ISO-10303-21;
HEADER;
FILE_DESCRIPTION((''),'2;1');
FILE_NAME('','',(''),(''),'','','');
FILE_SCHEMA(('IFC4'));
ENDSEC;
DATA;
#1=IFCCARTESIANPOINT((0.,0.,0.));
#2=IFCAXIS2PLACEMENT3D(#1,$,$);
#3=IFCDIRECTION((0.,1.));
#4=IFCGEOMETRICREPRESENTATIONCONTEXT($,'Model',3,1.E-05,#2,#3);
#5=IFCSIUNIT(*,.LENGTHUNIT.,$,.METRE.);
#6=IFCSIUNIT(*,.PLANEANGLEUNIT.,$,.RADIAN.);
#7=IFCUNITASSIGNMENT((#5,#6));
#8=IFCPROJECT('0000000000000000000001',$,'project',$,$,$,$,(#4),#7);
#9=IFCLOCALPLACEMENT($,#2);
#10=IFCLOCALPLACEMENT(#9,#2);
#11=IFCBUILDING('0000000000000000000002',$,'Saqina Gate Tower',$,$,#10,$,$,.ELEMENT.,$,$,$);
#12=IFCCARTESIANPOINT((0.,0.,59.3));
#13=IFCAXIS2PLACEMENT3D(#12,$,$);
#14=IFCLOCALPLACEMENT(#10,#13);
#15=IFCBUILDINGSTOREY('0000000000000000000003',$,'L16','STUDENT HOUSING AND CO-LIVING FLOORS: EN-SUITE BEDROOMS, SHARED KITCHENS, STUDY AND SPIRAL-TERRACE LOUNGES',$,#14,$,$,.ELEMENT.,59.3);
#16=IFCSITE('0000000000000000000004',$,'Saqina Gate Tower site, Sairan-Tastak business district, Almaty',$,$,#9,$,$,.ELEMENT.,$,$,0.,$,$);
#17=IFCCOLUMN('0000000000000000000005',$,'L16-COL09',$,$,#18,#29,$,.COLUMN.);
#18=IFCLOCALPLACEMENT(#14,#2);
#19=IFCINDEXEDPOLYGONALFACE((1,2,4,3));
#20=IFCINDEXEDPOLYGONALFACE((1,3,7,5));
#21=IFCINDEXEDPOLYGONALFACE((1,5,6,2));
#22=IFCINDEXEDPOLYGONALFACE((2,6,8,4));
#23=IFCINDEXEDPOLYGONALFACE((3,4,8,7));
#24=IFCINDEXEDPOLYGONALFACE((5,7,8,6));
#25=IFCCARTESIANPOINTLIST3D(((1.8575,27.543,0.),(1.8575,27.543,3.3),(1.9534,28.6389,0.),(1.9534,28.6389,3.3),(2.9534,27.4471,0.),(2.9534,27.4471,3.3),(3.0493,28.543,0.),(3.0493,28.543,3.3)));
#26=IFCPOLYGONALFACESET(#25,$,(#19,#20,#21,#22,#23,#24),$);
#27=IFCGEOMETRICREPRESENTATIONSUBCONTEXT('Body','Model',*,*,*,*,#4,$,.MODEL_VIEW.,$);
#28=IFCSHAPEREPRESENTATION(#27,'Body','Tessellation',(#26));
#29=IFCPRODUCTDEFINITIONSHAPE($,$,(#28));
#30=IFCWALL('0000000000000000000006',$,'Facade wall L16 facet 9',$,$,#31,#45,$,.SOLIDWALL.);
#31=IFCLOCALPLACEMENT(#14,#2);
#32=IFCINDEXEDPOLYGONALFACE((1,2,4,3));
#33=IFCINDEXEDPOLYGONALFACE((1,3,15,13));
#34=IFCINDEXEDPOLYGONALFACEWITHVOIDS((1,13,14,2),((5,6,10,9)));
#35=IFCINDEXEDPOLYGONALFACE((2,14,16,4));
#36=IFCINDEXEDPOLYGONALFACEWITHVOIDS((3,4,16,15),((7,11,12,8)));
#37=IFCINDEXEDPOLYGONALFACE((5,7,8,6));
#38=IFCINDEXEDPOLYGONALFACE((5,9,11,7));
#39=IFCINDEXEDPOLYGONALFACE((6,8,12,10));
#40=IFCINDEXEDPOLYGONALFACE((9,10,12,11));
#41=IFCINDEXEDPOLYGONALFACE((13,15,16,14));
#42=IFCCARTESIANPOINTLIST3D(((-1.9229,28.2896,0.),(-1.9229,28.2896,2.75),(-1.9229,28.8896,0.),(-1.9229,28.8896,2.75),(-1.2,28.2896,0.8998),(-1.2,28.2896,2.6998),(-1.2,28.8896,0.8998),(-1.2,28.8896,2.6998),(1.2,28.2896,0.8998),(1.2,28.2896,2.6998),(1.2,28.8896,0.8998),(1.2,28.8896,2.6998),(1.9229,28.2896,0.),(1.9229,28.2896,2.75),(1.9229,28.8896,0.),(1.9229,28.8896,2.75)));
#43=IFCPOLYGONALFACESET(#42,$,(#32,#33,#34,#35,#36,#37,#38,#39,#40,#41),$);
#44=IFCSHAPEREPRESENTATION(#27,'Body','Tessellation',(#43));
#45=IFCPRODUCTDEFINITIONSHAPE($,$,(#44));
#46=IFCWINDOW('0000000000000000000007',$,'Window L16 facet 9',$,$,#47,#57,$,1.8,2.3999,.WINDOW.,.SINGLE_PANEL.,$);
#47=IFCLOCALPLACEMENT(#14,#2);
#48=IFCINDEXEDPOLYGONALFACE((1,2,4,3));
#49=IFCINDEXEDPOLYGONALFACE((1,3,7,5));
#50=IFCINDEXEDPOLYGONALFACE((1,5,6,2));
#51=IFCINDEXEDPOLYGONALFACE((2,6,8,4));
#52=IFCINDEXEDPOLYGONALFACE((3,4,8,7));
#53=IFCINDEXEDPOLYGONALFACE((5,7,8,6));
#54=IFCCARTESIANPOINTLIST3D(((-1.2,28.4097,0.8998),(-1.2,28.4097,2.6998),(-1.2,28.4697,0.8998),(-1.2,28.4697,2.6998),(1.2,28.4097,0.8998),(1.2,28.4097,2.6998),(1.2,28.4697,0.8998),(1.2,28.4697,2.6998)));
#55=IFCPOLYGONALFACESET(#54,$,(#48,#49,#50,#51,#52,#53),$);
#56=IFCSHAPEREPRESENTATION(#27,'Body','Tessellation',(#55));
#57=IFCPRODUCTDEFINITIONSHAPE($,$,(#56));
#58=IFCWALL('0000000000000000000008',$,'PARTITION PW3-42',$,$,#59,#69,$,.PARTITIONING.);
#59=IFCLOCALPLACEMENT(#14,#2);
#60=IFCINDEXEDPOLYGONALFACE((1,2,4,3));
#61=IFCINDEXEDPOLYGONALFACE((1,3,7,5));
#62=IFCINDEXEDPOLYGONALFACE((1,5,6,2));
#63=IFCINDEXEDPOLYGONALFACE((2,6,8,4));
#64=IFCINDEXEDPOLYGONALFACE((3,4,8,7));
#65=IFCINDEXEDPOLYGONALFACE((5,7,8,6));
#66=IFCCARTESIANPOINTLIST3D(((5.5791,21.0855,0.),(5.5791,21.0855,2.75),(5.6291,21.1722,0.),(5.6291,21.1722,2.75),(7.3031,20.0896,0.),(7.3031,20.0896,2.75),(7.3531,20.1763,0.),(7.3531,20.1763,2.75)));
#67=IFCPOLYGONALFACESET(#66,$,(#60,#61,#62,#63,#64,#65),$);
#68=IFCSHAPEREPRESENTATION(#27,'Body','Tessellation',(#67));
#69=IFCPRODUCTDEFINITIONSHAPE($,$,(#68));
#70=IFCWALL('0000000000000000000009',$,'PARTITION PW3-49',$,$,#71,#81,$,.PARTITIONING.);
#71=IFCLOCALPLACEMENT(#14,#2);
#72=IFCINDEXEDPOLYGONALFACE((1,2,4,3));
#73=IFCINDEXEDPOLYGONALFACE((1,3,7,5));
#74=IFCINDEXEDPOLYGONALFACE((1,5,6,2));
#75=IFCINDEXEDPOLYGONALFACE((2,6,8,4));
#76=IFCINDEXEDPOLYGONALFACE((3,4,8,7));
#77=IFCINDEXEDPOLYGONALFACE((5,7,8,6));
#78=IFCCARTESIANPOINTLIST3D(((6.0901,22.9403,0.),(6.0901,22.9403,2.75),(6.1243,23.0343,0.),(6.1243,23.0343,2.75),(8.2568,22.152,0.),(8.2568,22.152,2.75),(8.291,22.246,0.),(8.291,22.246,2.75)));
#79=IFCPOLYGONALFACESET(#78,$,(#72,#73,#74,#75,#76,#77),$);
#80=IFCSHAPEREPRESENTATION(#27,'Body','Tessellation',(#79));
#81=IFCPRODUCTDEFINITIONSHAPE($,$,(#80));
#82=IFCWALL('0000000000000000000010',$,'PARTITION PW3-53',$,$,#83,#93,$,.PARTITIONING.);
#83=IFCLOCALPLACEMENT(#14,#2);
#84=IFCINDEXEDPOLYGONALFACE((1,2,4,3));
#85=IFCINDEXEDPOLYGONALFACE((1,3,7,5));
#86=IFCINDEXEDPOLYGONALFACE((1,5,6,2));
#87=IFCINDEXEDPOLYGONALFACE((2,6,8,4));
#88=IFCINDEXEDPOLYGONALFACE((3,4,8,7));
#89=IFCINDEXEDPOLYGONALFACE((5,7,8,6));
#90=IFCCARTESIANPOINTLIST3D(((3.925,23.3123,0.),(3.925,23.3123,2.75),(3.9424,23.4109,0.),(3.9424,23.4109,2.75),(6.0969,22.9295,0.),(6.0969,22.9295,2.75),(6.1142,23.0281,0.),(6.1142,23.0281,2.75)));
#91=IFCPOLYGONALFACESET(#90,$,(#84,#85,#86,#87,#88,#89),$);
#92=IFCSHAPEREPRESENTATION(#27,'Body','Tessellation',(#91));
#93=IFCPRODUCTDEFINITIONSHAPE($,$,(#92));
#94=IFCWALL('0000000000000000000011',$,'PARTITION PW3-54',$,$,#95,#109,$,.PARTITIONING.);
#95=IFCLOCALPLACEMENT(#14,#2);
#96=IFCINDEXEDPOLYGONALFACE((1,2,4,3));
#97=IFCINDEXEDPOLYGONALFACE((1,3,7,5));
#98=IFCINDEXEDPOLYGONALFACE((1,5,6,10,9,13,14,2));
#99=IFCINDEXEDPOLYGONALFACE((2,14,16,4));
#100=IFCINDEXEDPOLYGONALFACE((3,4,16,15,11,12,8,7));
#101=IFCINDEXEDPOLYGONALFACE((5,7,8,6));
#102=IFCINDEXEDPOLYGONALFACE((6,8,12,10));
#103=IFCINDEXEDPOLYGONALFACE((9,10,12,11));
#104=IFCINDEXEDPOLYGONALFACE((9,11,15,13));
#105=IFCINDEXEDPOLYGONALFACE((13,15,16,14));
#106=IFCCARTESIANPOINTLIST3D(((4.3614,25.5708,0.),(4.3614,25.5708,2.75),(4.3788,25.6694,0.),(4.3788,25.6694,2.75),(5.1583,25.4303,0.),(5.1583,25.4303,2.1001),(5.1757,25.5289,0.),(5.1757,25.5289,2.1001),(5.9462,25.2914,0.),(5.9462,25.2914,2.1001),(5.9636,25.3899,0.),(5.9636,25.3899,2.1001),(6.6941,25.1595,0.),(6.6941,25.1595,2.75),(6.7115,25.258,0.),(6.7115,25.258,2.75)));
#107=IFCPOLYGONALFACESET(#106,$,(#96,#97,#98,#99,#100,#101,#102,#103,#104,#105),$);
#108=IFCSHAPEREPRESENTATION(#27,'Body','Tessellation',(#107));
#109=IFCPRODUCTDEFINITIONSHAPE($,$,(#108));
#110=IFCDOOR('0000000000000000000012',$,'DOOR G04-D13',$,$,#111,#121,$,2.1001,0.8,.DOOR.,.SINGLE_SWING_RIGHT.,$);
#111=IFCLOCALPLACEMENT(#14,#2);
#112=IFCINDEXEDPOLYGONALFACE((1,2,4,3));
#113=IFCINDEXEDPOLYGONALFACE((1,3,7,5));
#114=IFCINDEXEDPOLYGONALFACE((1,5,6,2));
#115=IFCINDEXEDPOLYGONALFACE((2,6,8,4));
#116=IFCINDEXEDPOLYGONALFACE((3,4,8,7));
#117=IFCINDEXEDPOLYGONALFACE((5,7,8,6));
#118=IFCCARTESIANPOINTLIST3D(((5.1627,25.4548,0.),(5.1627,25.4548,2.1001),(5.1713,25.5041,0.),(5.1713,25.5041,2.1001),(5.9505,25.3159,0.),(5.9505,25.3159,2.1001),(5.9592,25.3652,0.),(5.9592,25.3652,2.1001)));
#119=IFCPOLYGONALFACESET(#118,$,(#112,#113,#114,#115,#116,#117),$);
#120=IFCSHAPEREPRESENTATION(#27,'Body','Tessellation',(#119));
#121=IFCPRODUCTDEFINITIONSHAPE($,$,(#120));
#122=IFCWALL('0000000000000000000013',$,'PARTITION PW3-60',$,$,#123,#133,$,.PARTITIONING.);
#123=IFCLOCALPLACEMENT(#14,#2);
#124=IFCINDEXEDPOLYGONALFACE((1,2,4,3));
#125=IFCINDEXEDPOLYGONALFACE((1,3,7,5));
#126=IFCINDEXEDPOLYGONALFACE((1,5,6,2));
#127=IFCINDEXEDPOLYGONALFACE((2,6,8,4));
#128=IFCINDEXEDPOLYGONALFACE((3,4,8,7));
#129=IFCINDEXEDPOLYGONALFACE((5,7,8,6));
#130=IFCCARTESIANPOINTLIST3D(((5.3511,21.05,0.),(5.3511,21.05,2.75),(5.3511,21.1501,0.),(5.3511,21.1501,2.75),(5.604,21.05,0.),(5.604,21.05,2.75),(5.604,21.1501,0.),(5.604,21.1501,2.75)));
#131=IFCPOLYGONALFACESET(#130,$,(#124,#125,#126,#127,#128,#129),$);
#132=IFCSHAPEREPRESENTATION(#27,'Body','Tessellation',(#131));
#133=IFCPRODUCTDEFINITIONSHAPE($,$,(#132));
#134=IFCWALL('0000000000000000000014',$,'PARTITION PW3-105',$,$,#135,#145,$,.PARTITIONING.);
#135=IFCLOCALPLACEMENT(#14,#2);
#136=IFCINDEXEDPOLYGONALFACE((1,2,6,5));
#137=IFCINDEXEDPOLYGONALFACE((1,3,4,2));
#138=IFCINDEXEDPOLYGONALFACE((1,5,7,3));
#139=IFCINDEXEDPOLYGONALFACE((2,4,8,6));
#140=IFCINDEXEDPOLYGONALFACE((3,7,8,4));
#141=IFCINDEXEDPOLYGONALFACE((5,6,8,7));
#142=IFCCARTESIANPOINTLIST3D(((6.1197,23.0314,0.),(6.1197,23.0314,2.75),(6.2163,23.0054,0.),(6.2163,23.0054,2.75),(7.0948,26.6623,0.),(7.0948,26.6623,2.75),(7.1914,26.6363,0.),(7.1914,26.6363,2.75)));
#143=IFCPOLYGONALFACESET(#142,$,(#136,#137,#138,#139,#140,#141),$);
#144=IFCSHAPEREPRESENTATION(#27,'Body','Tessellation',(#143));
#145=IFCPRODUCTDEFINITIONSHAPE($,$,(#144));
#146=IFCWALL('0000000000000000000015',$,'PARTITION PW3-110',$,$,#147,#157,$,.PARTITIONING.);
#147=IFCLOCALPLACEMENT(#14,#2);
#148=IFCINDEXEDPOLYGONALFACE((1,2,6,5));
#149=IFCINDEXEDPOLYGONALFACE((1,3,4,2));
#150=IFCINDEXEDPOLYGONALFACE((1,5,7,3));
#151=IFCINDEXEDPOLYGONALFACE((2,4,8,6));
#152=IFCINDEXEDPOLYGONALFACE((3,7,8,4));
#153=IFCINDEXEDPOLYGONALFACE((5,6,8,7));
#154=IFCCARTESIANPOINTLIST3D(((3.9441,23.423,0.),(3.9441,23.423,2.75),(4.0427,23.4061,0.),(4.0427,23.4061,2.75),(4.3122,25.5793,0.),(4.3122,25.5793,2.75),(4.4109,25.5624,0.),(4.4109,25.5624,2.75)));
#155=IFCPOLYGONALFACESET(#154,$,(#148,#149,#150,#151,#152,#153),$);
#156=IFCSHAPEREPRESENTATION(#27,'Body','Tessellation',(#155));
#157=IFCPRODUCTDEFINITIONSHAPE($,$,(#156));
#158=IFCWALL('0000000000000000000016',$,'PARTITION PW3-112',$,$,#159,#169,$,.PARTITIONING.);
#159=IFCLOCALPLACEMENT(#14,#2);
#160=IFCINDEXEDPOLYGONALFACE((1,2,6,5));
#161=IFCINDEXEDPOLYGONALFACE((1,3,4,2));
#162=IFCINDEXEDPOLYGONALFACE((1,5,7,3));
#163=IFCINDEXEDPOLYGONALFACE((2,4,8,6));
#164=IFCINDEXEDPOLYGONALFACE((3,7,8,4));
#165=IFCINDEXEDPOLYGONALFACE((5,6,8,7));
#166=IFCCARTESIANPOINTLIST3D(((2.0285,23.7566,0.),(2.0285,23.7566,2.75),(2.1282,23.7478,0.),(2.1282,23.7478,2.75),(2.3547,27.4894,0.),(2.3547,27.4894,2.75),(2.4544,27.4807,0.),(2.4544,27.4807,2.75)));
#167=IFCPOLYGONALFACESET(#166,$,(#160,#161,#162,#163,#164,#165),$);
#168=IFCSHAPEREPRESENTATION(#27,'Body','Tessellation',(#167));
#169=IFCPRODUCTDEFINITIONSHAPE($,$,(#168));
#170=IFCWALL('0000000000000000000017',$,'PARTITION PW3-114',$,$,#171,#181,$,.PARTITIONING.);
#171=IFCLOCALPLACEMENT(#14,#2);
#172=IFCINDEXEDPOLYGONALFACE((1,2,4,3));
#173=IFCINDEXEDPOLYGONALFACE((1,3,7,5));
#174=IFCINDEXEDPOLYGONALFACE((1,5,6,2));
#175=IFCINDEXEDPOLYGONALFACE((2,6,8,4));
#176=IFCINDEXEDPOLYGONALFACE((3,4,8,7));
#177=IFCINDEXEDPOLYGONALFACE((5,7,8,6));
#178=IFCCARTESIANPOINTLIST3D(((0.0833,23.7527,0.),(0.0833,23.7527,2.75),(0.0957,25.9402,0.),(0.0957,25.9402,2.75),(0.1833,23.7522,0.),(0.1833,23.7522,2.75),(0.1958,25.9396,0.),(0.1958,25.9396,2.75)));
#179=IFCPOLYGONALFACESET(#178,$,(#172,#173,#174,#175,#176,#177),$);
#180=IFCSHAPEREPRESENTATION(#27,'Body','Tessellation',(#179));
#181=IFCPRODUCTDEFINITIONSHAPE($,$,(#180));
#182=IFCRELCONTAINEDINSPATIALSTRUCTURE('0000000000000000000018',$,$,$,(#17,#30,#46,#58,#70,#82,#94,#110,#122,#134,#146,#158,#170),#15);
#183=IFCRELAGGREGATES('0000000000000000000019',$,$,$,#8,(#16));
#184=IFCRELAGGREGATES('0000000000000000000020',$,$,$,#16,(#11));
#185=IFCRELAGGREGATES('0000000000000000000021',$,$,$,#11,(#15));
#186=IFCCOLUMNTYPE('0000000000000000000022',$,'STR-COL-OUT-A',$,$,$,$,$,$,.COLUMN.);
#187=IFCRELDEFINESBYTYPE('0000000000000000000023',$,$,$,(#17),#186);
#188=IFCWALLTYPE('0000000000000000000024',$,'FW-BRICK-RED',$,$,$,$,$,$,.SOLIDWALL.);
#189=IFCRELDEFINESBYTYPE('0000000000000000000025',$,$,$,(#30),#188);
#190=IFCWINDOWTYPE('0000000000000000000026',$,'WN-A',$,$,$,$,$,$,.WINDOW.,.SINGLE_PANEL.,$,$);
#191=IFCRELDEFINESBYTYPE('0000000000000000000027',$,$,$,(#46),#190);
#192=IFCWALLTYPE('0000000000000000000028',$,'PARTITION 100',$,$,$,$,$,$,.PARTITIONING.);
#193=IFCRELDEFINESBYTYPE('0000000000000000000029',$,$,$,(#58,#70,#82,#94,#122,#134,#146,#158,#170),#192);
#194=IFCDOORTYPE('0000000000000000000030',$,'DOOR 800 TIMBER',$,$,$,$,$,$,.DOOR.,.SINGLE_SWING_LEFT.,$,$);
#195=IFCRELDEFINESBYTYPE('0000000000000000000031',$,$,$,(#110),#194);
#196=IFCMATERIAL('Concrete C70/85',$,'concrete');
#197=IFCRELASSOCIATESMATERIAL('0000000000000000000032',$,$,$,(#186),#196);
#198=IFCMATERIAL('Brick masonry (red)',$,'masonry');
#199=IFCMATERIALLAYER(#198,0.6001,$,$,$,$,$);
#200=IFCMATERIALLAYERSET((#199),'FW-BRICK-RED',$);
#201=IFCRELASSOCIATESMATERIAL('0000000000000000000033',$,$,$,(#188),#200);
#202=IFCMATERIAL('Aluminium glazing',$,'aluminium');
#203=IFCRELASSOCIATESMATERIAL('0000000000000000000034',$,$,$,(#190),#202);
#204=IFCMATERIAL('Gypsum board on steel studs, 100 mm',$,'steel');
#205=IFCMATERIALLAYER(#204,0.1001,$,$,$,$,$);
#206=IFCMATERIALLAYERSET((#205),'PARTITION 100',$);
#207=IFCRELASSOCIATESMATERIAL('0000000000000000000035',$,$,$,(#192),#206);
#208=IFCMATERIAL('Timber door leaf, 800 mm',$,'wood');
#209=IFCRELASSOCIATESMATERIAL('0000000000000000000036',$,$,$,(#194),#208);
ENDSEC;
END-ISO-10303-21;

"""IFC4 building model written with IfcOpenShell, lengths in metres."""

from ifc_helpers import new_model, si_unit, direction, frame, frame_2d, origin, origin_2d, place, context, subcontext, project, spatial, rectangle, extrude, material, layer, layer_set, material_profile, profile_set, type_object, element, fill, save


model = new_model("IFC4")

# Units and contexts
model_context = context("Model", 3, precision=1e-05, world=origin(), true_north=direction((0.0, 1.0)))
body_context = subcontext(model_context, "Body", "Model", "MODEL_VIEW")
ifc_project = project(units=[si_unit("LENGTHUNIT", "METRE"), si_unit("PLANEANGLEUNIT", "RADIAN")], contexts=[model_context])

# Site, building, storey
site_placement = place(None, origin())
site = spatial("IfcSite", under=ifc_project, at=site_placement, Name="Saqina Gate Tower site, Sairan-Tastak business district, Almaty", CompositionType="ELEMENT", RefElevation=0.0)
building_placement = place(site_placement, origin())
building = spatial("IfcBuilding", under=site, at=building_placement, Name="Saqina Gate Tower", CompositionType="ELEMENT")
storey_placement = place(building_placement, frame((0.0, 0.0, 59.3)))
storey = spatial("IfcBuildingStorey", under=building, at=storey_placement, Name="L16", Description="STUDENT HOUSING AND CO-LIVING FLOORS: EN-SUITE BEDROOMS, SHARED KITCHENS, STUDY AND SPIRAL-TERRACE LOUNGES", CompositionType="ELEMENT", Elevation=59.3)

# Column
ifc_material_1 = material(Name="Concrete C70/85", Category="concrete")
ifc_material_profile = material_profile(ifc_material_1, rectangle(XDim=1.1001, YDim=1.1001, at=origin_2d()), Name="RC 1100x1100")
ifc_profile_set = profile_set([ifc_material_profile], Name="Concrete C70/85")
column_type = type_object("IfcColumnType", Name="STR-COL-OUT-A", PredefinedType="COLUMN", material=ifc_profile_set)
column_placement = place(storey_placement, frame((2.4534, 28.043, 0.0), z_axis=(0.0, 0.0, 1.0), x_axis=(0.087156, 0.996195, 0.0)))
element("IfcColumn", 1, at=column_placement, inside=storey, type_object=column_type, Name="L16-COL09", PredefinedType="COLUMN", context=body_context, shape_type="SweptSolid", body=[
    extrude(rectangle(XDim=1.1001, YDim=1.1001, at=origin_2d()), origin(), (0.0, 0.0, 1.0), 3.3),
])

# Wall, opening, window
ifc_material_2 = material(Name="Brick masonry (red)", Category="masonry")
ifc_layer_1 = layer(ifc_material_2, 0.6001)
ifc_layer_set_1 = layer_set([ifc_layer_1], Name="FW-BRICK-RED")
wall_type_1 = type_object("IfcWallType", Name="FW-BRICK-RED", PredefinedType="SOLIDWALL", material=ifc_layer_set_1)
wall_1_placement = place(storey_placement, frame((1.9229, 28.5896, 0.0), z_axis=(0.0, 0.0, 1.0), x_axis=(-1.0, 0.0, 0.0)))
wall_1 = element("IfcWall", 2, at=wall_1_placement, inside=storey, type_object=wall_type_1, Name="Facade wall L16 facet 9", PredefinedType="SOLIDWALL", context=body_context, shape_type="SweptSolid", body=[
    extrude(rectangle(XDim=3.8457, YDim=0.6001, at=frame_2d((1.9229, 0.0))), origin(), (0.0, 0.0, 1.0), 2.75),
])
opening_1_placement = place(wall_1_placement, frame((0.7229, 0.0, 0.8999)))
opening_1 = element("IfcOpeningElement", 3, at=opening_1_placement, cuts=wall_1, PredefinedType="OPENING", context=body_context, shape_type="SweptSolid", body=[
    extrude(rectangle(XDim=2.3999, YDim=1.8, at=frame_2d((1.2, 0.8999))), frame((0.0, 0.312, 0.0), z_axis=(0.0, -1.0, 0.0), x_axis=(1.0, 0.0, 0.0)), (0.0, 0.0, 1.0), 0.624),
])
ifc_material_3 = material(Name="Aluminium glazing", Category="aluminium")
window_type = type_object("IfcWindowType", Name="WN-A", PartitioningType="SINGLE_PANEL", PredefinedType="WINDOW", material=ifc_material_3)
window_placement = place(opening_1_placement, origin())
window = element("IfcWindow", 4, at=window_placement, inside=storey, type_object=window_type, Name="Window L16 facet 9", OverallHeight=1.8, OverallWidth=2.3999, PartitioningType="SINGLE_PANEL", PredefinedType="WINDOW", context=body_context, shape_type="SweptSolid", body=[
    extrude(rectangle(XDim=2.3999, YDim=1.8, at=frame_2d((1.2, 0.8999))), frame((0.0, 0.1799, 0.0), z_axis=(0.0, -1.0, 0.0), x_axis=(1.0, 0.0, 0.0)), (0.0, 0.0, 1.0), 0.0601),
])
fill(opening_1, window)

# Walls
ifc_material_4 = material(Name="Gypsum board on steel studs, 100 mm", Category="steel")
ifc_layer_2 = layer(ifc_material_4, 0.1001)
ifc_layer_set_2 = layer_set([ifc_layer_2], Name="PARTITION 100")
wall_type_2 = type_object("IfcWallType", Name="PARTITION 100", PredefinedType="PARTITIONING", material=ifc_layer_set_2)
wall_2_placement = place(storey_placement, frame((5.604, 21.1289, 0.0), z_axis=(0.0, 0.0, 1.0), x_axis=(0.865902, -0.500214, 0.0)))
element("IfcWall", 5, at=wall_2_placement, inside=storey, type_object=wall_type_2, Name="PARTITION PW3-42", PredefinedType="PARTITIONING", context=body_context, shape_type="SweptSolid", body=[
    extrude(rectangle(XDim=1.991, YDim=0.1001, at=frame_2d((0.9956, 0.0))), origin(), (0.0, 0.0, 1.0), 2.75),
])
wall_3_placement = place(storey_placement, frame((6.1072, 22.9873, 0.0), z_axis=(0.0, 0.0, 1.0), x_axis=(0.939735, -0.341905, 0.0)))
element("IfcWall", 6, at=wall_3_placement, inside=storey, type_object=wall_type_2, Name="PARTITION PW3-49", PredefinedType="PARTITIONING", context=body_context, shape_type="SweptSolid", body=[
    extrude(rectangle(XDim=2.3057, YDim=0.1001, at=frame_2d((1.1528, 0.0))), origin(), (0.0, 0.0, 1.0), 2.75),
])
wall_4_placement = place(storey_placement, frame((3.9338, 23.3616, 0.0), z_axis=(0.0, 0.0, 1.0), x_axis=(0.984819, -0.173583, 0.0)))
element("IfcWall", 7, at=wall_4_placement, inside=storey, type_object=wall_type_2, Name="PARTITION PW3-53", PredefinedType="PARTITIONING", context=body_context, shape_type="SweptSolid", body=[
    extrude(rectangle(XDim=2.2053, YDim=0.1001, at=frame_2d((1.1025, 0.0))), origin(), (0.0, 0.0, 1.0), 2.75),
])

# Wall, opening, door
wall_5_placement = place(storey_placement, frame((4.3701, 25.6201, 0.0), z_axis=(0.0, 0.0, 1.0), x_axis=(0.984804, -0.173668, 0.0)))
wall_5 = element("IfcWall", 8, at=wall_5_placement, inside=storey, type_object=wall_type_2, Name="PARTITION PW3-54", PredefinedType="PARTITIONING", context=body_context, shape_type="SweptSolid", body=[
    extrude(rectangle(XDim=2.3687, YDim=0.1001, at=frame_2d((1.1843, 0.0))), origin(), (0.0, 0.0, 1.0), 2.75),
])
opening_2_placement = place(wall_5_placement, frame((0.8093, 0.0, 0.0)))
opening_2 = element("IfcOpeningElement", 9, at=opening_2_placement, cuts=wall_5, PredefinedType="OPENING", context=body_context, shape_type="SweptSolid", body=[
    extrude(rectangle(XDim=0.8, YDim=2.1001, at=frame_2d((0.3999, 1.05))), frame((0.0, 0.062, 0.0), z_axis=(0.0, -1.0, 0.0), x_axis=(1.0, 0.0, 0.0)), (0.0, 0.0, 1.0), 0.124),
])
ifc_material_5 = material(Name="Timber door leaf, 800 mm", Category="wood")
door_type_1 = type_object("IfcDoorType", Name="DOOR 800 TIMBER", OperationType="SINGLE_SWING_LEFT", PredefinedType="DOOR", material=ifc_material_5)
door_1_placement = place(opening_2_placement, origin())
door_1 = element("IfcDoor", 10, at=door_1_placement, inside=storey, type_object=door_type_1, Name="DOOR G04-D13", OperationType="SINGLE_SWING_RIGHT", OverallHeight=2.1001, OverallWidth=0.8, PredefinedType="DOOR", context=body_context, shape_type="SweptSolid", body=[
    extrude(rectangle(XDim=0.8, YDim=2.1001, at=frame_2d((0.3999, 1.05))), frame((0.0, 0.0249, 0.0), z_axis=(0.0, -1.0, 0.0), x_axis=(1.0, 0.0, 0.0)), (0.0, 0.0, 1.0), 0.05),
])
fill(opening_2, door_1)

# Walls
wall_6_placement = place(storey_placement, frame((5.3511, 21.1001, 0.0), z_axis=(0.0, 0.0, 1.0), x_axis=(1.0, 0.0, 0.0)))
element("IfcWall", 11, at=wall_6_placement, inside=storey, type_object=wall_type_2, Name="PARTITION PW3-60", PredefinedType="PARTITIONING", context=body_context, shape_type="SweptSolid", body=[
    extrude(rectangle(XDim=0.2529, YDim=0.1001, at=frame_2d((0.1265, 0.0))), origin(), (0.0, 0.0, 1.0), 2.75),
])
wall_7_placement = place(storey_placement, frame((6.168, 23.0183, 0.0), z_axis=(0.0, 0.0, 1.0), x_axis=(0.259368, 0.965779, 0.0)))
element("IfcWall", 12, at=wall_7_placement, inside=storey, type_object=wall_type_2, Name="PARTITION PW3-105", PredefinedType="PARTITIONING", context=body_context, shape_type="SweptSolid", body=[
    extrude(rectangle(XDim=3.7595, YDim=0.1001, at=frame_2d((1.8799, 0.0))), origin(), (0.0, 0.0, 1.0), 2.75),
])
wall_8_placement = place(storey_placement, frame((3.9934, 23.4146, 0.0), z_axis=(0.0, 0.0, 1.0), x_axis=(0.168307, 0.985735, 0.0)))
element("IfcWall", 13, at=wall_8_placement, inside=storey, type_object=wall_type_2, Name="PARTITION PW3-110", PredefinedType="PARTITIONING", context=body_context, shape_type="SweptSolid", body=[
    extrude(rectangle(XDim=2.1875, YDim=0.1001, at=frame_2d((1.0938, 0.0))), origin(), (0.0, 0.0, 1.0), 2.75),
])
wall_9_placement = place(storey_placement, frame((2.0784, 23.7522, 0.0), z_axis=(0.0, 0.0, 1.0), x_axis=(0.087046, 0.996204, 0.0)))
element("IfcWall", 14, at=wall_9_placement, inside=storey, type_object=wall_type_2, Name="PARTITION PW3-112", PredefinedType="PARTITIONING", context=body_context, shape_type="SweptSolid", body=[
    extrude(rectangle(XDim=3.7471, YDim=0.1001, at=frame_2d((1.8735, 0.0))), origin(), (0.0, 0.0, 1.0), 2.75),
])
wall_10_placement = place(storey_placement, frame((0.1333, 23.7524, 0.0), z_axis=(0.0, 0.0, 1.0), x_axis=(0.005692, 0.999984, 0.0)))
element("IfcWall", 15, at=wall_10_placement, inside=storey, type_object=wall_type_2, Name="PARTITION PW3-114", PredefinedType="PARTITIONING", context=body_context, shape_type="SweptSolid", body=[
    extrude(rectangle(XDim=2.1875, YDim=0.1001, at=frame_2d((1.0938, 0.0))), origin(), (0.0, 0.0, 1.0), 2.75),
])

save(model, "model.ifc")
